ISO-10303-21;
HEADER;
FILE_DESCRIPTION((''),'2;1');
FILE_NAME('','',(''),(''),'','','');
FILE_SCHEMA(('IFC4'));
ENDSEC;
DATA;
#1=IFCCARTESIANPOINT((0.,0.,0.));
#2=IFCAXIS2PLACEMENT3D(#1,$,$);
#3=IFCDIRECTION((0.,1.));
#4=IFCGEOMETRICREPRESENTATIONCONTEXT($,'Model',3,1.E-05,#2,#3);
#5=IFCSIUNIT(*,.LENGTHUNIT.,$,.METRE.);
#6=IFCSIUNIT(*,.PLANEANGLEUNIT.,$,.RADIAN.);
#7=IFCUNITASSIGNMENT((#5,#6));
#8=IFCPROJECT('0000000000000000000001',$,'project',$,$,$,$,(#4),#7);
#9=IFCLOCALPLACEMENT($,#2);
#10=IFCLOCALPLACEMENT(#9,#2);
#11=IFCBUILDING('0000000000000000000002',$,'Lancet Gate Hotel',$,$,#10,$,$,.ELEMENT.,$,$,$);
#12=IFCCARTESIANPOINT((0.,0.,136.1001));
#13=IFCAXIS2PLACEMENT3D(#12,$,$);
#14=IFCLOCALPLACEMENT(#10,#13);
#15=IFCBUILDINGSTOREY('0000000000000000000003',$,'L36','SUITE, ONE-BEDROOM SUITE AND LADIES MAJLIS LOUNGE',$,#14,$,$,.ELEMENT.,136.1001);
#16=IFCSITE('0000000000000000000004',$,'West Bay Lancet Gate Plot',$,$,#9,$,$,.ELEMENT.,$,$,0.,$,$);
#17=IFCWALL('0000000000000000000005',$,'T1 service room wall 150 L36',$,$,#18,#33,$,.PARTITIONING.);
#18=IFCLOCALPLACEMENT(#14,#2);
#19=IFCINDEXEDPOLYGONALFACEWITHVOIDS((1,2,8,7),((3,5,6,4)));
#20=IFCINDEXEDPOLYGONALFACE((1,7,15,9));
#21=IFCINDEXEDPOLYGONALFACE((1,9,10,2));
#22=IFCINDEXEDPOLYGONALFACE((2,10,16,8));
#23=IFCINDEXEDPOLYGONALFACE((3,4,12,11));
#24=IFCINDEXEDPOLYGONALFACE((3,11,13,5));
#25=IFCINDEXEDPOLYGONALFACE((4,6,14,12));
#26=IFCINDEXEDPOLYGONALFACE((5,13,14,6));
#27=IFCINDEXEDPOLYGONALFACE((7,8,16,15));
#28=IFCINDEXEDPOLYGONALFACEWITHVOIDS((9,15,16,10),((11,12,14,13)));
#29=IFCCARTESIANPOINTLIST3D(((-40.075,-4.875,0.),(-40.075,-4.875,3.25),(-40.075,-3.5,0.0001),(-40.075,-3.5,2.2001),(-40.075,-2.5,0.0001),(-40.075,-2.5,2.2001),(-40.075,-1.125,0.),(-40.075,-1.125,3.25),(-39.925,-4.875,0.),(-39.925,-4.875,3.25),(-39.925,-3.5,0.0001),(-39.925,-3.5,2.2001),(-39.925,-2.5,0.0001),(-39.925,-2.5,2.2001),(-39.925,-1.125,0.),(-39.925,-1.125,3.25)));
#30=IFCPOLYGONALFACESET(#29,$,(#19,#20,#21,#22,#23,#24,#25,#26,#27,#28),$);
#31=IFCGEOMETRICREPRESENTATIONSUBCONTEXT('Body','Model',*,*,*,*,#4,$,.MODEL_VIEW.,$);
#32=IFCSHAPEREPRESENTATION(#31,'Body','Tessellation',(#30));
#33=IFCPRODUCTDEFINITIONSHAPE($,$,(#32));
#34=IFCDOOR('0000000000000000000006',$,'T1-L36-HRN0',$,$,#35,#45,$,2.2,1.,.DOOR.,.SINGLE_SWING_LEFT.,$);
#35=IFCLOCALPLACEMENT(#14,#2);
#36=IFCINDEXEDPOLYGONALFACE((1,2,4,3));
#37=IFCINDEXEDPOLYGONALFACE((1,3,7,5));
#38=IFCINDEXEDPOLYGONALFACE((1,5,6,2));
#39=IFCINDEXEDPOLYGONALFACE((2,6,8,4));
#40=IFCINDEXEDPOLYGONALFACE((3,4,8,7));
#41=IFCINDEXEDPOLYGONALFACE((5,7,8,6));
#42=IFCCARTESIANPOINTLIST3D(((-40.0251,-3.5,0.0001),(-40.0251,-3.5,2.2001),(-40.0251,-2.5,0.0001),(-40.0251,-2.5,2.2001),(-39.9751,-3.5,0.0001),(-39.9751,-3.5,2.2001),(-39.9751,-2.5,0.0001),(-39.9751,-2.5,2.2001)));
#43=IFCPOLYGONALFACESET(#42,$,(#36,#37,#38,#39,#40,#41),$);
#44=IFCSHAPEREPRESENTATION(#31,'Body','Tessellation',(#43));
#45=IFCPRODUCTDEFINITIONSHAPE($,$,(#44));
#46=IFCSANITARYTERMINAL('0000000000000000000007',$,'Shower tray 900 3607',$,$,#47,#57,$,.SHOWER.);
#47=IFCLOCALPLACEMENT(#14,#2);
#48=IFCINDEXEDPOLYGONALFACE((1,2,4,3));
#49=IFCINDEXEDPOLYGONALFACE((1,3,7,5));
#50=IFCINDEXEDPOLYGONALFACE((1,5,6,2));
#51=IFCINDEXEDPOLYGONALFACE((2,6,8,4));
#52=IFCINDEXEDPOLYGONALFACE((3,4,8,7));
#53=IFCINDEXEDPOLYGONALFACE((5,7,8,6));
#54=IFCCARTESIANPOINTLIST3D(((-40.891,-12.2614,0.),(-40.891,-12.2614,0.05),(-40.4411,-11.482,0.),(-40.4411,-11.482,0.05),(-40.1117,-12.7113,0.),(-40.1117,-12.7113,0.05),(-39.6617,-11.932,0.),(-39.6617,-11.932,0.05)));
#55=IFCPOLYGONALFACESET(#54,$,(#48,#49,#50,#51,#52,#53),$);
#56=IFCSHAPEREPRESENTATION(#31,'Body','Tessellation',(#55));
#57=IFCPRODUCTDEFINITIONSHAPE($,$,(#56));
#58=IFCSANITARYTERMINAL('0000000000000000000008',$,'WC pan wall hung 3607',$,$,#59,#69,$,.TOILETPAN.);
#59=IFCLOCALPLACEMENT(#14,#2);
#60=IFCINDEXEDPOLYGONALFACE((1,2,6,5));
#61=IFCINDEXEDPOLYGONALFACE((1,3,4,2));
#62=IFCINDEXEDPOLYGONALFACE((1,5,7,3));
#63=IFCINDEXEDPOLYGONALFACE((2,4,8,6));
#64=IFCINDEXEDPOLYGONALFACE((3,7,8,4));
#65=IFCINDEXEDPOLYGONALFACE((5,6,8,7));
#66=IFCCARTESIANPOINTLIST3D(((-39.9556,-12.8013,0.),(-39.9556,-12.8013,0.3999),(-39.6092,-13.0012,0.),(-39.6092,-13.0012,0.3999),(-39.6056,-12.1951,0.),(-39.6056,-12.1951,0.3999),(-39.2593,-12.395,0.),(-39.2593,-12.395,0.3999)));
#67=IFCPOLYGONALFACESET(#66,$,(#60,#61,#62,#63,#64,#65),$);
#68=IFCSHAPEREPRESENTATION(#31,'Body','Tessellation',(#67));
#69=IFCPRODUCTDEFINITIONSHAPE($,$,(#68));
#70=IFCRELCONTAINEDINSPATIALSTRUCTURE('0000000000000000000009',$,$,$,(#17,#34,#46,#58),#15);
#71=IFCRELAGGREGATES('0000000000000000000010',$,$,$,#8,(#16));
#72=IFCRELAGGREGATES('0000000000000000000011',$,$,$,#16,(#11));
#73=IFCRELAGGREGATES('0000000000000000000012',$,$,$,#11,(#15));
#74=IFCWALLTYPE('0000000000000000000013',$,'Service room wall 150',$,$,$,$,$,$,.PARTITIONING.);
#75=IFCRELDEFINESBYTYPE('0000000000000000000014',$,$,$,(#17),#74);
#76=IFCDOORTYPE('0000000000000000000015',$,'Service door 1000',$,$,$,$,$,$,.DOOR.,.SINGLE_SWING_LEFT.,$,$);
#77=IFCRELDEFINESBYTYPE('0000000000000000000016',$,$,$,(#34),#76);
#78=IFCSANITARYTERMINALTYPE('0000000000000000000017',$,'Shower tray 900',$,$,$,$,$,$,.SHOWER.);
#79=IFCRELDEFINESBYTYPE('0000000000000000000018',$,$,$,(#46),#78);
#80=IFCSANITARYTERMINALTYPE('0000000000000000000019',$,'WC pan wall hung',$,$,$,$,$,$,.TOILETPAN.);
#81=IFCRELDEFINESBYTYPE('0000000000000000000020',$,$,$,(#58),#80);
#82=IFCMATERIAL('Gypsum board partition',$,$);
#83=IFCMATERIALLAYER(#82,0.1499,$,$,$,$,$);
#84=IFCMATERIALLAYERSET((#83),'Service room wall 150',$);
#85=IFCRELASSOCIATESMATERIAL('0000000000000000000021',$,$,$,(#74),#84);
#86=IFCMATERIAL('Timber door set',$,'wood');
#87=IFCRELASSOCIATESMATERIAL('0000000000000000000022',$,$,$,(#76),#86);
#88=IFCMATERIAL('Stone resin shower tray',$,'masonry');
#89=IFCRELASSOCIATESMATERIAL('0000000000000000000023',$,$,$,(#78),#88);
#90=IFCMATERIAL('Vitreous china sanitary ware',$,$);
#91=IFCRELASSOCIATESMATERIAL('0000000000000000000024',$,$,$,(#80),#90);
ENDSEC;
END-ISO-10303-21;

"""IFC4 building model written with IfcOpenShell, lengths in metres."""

from ifc_helpers import new_model, si_unit, direction, frame, frame_2d, origin, origin_2d, place, context, subcontext, project, spatial, rectangle, extrude, material, layer, layer_set, type_object, element, fill, save


model = new_model("IFC4")

# Units and contexts
model_context = context("Model", 3, precision=1e-05, world=origin(), true_north=direction((0.0, 1.0)))
body_context = subcontext(model_context, "Body", "Model", "MODEL_VIEW")
ifc_project = project(units=[si_unit("LENGTHUNIT", "METRE"), si_unit("PLANEANGLEUNIT", "RADIAN")], contexts=[model_context])

# Site, building, storey
site_placement = place(None, origin())
site = spatial("IfcSite", under=ifc_project, at=site_placement, Name="West Bay Lancet Gate Plot", CompositionType="ELEMENT", RefElevation=0.0)
building_placement = place(site_placement, origin())
building = spatial("IfcBuilding", under=site, at=building_placement, Name="Lancet Gate Hotel", CompositionType="ELEMENT")
storey_placement = place(building_placement, frame((0.0, 0.0, 136.1001)))
storey = spatial("IfcBuildingStorey", under=building, at=storey_placement, Name="L36", Description="SUITE, ONE-BEDROOM SUITE AND LADIES MAJLIS LOUNGE", CompositionType="ELEMENT", Elevation=136.1001)

# Wall, opening, door
ifc_material_1 = material(Name="Gypsum board partition")
ifc_layer_1 = layer(ifc_material_1, 0.1499)
ifc_layer_set_1 = layer_set([ifc_layer_1], Name="Service room wall 150")
wall_type_1 = type_object("IfcWallType", Name="Service room wall 150", PredefinedType="PARTITIONING", material=ifc_layer_set_1)
wall_1_placement = place(storey_placement, frame((-40.0, -1.125, 0.0), z_axis=(0.0, 0.0, 1.0), x_axis=(0.0, -1.0, 0.0)))
wall_1 = element("IfcWall", 1, at=wall_1_placement, inside=storey, type_object=wall_type_1, Name="T1 service room wall 150 L36", PredefinedType="PARTITIONING", context=body_context, shape_type="SweptSolid", body=[
    extrude(rectangle(XDim=3.75, YDim=0.1499, at=frame_2d((1.875, 0.0))), origin(), (0.0, 0.0, 1.0), 3.25),
])
opening_1_placement = place(wall_1_placement, frame((1.375, 0.0, 0.0)))
opening_1 = element("IfcOpeningElement", 2, at=opening_1_placement, cuts=wall_1, PredefinedType="OPENING", context=body_context, shape_type="SweptSolid", body=[
    extrude(rectangle(XDim=1.0, YDim=2.2, at=frame_2d((0.5, 1.1001))), frame((0.0, 0.085, 0.0), z_axis=(0.0, -1.0, 0.0), x_axis=(1.0, 0.0, 0.0)), (0.0, 0.0, 1.0), 0.1699),
])
ifc_material_2 = material(Name="Timber door set", Category="wood")
door_type_1 = type_object("IfcDoorType", Name="Service door 1000", OperationType="SINGLE_SWING_LEFT", PredefinedType="DOOR", material=ifc_material_2)
door_1_placement = place(opening_1_placement, origin())
door_1 = element("IfcDoor", 3, at=door_1_placement, inside=storey, type_object=door_type_1, Name="T1-L36-HRN0", OperationType="SINGLE_SWING_LEFT", OverallHeight=2.2, OverallWidth=1.0, PredefinedType="DOOR", context=body_context, shape_type="SweptSolid", body=[
    extrude(rectangle(XDim=1.0, YDim=2.2, at=frame_2d((0.5, 1.1001))), frame((0.0, 0.0249, 0.0), z_axis=(0.0, -1.0, 0.0), x_axis=(1.0, 0.0, 0.0)), (0.0, 0.0, 1.0), 0.05),
])
fill(opening_1, door_1)

# Sanitary terminals
ifc_material_3 = material(Name="Stone resin shower tray", Category="masonry")
sanitary_terminal_type_1 = type_object("IfcSanitaryTerminalType", Name="Shower tray 900", PredefinedType="SHOWER", material=ifc_material_3)
sanitary_terminal_1_placement = place(storey_placement, frame((-40.2764, -12.0967, 0.0), z_axis=(0.0, 0.0, 1.0), x_axis=(-0.866025, 0.5, 0.0)))
element("IfcSanitaryTerminal", 4, at=sanitary_terminal_1_placement, inside=storey, type_object=sanitary_terminal_type_1, Name="Shower tray 900 3607", PredefinedType="SHOWER", context=body_context, shape_type="SweptSolid", body=[
    extrude(rectangle(XDim=0.8999, YDim=0.8999, at=origin_2d()), origin(), (0.0, 0.0, 1.0), 0.05),
])
ifc_material_4 = material(Name="Vitreous china sanitary ware")
sanitary_terminal_type_2 = type_object("IfcSanitaryTerminalType", Name="WC pan wall hung", PredefinedType="TOILETPAN", material=ifc_material_4)
sanitary_terminal_2_placement = place(storey_placement, frame((-39.6074, -12.5981, 0.0), z_axis=(0.0, 0.0, 1.0), x_axis=(-0.866025, 0.5, 0.0)))
element("IfcSanitaryTerminal", 5, at=sanitary_terminal_2_placement, inside=storey, type_object=sanitary_terminal_type_2, Name="WC pan wall hung 3607", PredefinedType="TOILETPAN", context=body_context, shape_type="SweptSolid", body=[
    extrude(rectangle(XDim=0.3999, YDim=0.7, at=origin_2d()), origin(), (0.0, 0.0, 1.0), 0.3999),
])

save(model, "model.ifc")
